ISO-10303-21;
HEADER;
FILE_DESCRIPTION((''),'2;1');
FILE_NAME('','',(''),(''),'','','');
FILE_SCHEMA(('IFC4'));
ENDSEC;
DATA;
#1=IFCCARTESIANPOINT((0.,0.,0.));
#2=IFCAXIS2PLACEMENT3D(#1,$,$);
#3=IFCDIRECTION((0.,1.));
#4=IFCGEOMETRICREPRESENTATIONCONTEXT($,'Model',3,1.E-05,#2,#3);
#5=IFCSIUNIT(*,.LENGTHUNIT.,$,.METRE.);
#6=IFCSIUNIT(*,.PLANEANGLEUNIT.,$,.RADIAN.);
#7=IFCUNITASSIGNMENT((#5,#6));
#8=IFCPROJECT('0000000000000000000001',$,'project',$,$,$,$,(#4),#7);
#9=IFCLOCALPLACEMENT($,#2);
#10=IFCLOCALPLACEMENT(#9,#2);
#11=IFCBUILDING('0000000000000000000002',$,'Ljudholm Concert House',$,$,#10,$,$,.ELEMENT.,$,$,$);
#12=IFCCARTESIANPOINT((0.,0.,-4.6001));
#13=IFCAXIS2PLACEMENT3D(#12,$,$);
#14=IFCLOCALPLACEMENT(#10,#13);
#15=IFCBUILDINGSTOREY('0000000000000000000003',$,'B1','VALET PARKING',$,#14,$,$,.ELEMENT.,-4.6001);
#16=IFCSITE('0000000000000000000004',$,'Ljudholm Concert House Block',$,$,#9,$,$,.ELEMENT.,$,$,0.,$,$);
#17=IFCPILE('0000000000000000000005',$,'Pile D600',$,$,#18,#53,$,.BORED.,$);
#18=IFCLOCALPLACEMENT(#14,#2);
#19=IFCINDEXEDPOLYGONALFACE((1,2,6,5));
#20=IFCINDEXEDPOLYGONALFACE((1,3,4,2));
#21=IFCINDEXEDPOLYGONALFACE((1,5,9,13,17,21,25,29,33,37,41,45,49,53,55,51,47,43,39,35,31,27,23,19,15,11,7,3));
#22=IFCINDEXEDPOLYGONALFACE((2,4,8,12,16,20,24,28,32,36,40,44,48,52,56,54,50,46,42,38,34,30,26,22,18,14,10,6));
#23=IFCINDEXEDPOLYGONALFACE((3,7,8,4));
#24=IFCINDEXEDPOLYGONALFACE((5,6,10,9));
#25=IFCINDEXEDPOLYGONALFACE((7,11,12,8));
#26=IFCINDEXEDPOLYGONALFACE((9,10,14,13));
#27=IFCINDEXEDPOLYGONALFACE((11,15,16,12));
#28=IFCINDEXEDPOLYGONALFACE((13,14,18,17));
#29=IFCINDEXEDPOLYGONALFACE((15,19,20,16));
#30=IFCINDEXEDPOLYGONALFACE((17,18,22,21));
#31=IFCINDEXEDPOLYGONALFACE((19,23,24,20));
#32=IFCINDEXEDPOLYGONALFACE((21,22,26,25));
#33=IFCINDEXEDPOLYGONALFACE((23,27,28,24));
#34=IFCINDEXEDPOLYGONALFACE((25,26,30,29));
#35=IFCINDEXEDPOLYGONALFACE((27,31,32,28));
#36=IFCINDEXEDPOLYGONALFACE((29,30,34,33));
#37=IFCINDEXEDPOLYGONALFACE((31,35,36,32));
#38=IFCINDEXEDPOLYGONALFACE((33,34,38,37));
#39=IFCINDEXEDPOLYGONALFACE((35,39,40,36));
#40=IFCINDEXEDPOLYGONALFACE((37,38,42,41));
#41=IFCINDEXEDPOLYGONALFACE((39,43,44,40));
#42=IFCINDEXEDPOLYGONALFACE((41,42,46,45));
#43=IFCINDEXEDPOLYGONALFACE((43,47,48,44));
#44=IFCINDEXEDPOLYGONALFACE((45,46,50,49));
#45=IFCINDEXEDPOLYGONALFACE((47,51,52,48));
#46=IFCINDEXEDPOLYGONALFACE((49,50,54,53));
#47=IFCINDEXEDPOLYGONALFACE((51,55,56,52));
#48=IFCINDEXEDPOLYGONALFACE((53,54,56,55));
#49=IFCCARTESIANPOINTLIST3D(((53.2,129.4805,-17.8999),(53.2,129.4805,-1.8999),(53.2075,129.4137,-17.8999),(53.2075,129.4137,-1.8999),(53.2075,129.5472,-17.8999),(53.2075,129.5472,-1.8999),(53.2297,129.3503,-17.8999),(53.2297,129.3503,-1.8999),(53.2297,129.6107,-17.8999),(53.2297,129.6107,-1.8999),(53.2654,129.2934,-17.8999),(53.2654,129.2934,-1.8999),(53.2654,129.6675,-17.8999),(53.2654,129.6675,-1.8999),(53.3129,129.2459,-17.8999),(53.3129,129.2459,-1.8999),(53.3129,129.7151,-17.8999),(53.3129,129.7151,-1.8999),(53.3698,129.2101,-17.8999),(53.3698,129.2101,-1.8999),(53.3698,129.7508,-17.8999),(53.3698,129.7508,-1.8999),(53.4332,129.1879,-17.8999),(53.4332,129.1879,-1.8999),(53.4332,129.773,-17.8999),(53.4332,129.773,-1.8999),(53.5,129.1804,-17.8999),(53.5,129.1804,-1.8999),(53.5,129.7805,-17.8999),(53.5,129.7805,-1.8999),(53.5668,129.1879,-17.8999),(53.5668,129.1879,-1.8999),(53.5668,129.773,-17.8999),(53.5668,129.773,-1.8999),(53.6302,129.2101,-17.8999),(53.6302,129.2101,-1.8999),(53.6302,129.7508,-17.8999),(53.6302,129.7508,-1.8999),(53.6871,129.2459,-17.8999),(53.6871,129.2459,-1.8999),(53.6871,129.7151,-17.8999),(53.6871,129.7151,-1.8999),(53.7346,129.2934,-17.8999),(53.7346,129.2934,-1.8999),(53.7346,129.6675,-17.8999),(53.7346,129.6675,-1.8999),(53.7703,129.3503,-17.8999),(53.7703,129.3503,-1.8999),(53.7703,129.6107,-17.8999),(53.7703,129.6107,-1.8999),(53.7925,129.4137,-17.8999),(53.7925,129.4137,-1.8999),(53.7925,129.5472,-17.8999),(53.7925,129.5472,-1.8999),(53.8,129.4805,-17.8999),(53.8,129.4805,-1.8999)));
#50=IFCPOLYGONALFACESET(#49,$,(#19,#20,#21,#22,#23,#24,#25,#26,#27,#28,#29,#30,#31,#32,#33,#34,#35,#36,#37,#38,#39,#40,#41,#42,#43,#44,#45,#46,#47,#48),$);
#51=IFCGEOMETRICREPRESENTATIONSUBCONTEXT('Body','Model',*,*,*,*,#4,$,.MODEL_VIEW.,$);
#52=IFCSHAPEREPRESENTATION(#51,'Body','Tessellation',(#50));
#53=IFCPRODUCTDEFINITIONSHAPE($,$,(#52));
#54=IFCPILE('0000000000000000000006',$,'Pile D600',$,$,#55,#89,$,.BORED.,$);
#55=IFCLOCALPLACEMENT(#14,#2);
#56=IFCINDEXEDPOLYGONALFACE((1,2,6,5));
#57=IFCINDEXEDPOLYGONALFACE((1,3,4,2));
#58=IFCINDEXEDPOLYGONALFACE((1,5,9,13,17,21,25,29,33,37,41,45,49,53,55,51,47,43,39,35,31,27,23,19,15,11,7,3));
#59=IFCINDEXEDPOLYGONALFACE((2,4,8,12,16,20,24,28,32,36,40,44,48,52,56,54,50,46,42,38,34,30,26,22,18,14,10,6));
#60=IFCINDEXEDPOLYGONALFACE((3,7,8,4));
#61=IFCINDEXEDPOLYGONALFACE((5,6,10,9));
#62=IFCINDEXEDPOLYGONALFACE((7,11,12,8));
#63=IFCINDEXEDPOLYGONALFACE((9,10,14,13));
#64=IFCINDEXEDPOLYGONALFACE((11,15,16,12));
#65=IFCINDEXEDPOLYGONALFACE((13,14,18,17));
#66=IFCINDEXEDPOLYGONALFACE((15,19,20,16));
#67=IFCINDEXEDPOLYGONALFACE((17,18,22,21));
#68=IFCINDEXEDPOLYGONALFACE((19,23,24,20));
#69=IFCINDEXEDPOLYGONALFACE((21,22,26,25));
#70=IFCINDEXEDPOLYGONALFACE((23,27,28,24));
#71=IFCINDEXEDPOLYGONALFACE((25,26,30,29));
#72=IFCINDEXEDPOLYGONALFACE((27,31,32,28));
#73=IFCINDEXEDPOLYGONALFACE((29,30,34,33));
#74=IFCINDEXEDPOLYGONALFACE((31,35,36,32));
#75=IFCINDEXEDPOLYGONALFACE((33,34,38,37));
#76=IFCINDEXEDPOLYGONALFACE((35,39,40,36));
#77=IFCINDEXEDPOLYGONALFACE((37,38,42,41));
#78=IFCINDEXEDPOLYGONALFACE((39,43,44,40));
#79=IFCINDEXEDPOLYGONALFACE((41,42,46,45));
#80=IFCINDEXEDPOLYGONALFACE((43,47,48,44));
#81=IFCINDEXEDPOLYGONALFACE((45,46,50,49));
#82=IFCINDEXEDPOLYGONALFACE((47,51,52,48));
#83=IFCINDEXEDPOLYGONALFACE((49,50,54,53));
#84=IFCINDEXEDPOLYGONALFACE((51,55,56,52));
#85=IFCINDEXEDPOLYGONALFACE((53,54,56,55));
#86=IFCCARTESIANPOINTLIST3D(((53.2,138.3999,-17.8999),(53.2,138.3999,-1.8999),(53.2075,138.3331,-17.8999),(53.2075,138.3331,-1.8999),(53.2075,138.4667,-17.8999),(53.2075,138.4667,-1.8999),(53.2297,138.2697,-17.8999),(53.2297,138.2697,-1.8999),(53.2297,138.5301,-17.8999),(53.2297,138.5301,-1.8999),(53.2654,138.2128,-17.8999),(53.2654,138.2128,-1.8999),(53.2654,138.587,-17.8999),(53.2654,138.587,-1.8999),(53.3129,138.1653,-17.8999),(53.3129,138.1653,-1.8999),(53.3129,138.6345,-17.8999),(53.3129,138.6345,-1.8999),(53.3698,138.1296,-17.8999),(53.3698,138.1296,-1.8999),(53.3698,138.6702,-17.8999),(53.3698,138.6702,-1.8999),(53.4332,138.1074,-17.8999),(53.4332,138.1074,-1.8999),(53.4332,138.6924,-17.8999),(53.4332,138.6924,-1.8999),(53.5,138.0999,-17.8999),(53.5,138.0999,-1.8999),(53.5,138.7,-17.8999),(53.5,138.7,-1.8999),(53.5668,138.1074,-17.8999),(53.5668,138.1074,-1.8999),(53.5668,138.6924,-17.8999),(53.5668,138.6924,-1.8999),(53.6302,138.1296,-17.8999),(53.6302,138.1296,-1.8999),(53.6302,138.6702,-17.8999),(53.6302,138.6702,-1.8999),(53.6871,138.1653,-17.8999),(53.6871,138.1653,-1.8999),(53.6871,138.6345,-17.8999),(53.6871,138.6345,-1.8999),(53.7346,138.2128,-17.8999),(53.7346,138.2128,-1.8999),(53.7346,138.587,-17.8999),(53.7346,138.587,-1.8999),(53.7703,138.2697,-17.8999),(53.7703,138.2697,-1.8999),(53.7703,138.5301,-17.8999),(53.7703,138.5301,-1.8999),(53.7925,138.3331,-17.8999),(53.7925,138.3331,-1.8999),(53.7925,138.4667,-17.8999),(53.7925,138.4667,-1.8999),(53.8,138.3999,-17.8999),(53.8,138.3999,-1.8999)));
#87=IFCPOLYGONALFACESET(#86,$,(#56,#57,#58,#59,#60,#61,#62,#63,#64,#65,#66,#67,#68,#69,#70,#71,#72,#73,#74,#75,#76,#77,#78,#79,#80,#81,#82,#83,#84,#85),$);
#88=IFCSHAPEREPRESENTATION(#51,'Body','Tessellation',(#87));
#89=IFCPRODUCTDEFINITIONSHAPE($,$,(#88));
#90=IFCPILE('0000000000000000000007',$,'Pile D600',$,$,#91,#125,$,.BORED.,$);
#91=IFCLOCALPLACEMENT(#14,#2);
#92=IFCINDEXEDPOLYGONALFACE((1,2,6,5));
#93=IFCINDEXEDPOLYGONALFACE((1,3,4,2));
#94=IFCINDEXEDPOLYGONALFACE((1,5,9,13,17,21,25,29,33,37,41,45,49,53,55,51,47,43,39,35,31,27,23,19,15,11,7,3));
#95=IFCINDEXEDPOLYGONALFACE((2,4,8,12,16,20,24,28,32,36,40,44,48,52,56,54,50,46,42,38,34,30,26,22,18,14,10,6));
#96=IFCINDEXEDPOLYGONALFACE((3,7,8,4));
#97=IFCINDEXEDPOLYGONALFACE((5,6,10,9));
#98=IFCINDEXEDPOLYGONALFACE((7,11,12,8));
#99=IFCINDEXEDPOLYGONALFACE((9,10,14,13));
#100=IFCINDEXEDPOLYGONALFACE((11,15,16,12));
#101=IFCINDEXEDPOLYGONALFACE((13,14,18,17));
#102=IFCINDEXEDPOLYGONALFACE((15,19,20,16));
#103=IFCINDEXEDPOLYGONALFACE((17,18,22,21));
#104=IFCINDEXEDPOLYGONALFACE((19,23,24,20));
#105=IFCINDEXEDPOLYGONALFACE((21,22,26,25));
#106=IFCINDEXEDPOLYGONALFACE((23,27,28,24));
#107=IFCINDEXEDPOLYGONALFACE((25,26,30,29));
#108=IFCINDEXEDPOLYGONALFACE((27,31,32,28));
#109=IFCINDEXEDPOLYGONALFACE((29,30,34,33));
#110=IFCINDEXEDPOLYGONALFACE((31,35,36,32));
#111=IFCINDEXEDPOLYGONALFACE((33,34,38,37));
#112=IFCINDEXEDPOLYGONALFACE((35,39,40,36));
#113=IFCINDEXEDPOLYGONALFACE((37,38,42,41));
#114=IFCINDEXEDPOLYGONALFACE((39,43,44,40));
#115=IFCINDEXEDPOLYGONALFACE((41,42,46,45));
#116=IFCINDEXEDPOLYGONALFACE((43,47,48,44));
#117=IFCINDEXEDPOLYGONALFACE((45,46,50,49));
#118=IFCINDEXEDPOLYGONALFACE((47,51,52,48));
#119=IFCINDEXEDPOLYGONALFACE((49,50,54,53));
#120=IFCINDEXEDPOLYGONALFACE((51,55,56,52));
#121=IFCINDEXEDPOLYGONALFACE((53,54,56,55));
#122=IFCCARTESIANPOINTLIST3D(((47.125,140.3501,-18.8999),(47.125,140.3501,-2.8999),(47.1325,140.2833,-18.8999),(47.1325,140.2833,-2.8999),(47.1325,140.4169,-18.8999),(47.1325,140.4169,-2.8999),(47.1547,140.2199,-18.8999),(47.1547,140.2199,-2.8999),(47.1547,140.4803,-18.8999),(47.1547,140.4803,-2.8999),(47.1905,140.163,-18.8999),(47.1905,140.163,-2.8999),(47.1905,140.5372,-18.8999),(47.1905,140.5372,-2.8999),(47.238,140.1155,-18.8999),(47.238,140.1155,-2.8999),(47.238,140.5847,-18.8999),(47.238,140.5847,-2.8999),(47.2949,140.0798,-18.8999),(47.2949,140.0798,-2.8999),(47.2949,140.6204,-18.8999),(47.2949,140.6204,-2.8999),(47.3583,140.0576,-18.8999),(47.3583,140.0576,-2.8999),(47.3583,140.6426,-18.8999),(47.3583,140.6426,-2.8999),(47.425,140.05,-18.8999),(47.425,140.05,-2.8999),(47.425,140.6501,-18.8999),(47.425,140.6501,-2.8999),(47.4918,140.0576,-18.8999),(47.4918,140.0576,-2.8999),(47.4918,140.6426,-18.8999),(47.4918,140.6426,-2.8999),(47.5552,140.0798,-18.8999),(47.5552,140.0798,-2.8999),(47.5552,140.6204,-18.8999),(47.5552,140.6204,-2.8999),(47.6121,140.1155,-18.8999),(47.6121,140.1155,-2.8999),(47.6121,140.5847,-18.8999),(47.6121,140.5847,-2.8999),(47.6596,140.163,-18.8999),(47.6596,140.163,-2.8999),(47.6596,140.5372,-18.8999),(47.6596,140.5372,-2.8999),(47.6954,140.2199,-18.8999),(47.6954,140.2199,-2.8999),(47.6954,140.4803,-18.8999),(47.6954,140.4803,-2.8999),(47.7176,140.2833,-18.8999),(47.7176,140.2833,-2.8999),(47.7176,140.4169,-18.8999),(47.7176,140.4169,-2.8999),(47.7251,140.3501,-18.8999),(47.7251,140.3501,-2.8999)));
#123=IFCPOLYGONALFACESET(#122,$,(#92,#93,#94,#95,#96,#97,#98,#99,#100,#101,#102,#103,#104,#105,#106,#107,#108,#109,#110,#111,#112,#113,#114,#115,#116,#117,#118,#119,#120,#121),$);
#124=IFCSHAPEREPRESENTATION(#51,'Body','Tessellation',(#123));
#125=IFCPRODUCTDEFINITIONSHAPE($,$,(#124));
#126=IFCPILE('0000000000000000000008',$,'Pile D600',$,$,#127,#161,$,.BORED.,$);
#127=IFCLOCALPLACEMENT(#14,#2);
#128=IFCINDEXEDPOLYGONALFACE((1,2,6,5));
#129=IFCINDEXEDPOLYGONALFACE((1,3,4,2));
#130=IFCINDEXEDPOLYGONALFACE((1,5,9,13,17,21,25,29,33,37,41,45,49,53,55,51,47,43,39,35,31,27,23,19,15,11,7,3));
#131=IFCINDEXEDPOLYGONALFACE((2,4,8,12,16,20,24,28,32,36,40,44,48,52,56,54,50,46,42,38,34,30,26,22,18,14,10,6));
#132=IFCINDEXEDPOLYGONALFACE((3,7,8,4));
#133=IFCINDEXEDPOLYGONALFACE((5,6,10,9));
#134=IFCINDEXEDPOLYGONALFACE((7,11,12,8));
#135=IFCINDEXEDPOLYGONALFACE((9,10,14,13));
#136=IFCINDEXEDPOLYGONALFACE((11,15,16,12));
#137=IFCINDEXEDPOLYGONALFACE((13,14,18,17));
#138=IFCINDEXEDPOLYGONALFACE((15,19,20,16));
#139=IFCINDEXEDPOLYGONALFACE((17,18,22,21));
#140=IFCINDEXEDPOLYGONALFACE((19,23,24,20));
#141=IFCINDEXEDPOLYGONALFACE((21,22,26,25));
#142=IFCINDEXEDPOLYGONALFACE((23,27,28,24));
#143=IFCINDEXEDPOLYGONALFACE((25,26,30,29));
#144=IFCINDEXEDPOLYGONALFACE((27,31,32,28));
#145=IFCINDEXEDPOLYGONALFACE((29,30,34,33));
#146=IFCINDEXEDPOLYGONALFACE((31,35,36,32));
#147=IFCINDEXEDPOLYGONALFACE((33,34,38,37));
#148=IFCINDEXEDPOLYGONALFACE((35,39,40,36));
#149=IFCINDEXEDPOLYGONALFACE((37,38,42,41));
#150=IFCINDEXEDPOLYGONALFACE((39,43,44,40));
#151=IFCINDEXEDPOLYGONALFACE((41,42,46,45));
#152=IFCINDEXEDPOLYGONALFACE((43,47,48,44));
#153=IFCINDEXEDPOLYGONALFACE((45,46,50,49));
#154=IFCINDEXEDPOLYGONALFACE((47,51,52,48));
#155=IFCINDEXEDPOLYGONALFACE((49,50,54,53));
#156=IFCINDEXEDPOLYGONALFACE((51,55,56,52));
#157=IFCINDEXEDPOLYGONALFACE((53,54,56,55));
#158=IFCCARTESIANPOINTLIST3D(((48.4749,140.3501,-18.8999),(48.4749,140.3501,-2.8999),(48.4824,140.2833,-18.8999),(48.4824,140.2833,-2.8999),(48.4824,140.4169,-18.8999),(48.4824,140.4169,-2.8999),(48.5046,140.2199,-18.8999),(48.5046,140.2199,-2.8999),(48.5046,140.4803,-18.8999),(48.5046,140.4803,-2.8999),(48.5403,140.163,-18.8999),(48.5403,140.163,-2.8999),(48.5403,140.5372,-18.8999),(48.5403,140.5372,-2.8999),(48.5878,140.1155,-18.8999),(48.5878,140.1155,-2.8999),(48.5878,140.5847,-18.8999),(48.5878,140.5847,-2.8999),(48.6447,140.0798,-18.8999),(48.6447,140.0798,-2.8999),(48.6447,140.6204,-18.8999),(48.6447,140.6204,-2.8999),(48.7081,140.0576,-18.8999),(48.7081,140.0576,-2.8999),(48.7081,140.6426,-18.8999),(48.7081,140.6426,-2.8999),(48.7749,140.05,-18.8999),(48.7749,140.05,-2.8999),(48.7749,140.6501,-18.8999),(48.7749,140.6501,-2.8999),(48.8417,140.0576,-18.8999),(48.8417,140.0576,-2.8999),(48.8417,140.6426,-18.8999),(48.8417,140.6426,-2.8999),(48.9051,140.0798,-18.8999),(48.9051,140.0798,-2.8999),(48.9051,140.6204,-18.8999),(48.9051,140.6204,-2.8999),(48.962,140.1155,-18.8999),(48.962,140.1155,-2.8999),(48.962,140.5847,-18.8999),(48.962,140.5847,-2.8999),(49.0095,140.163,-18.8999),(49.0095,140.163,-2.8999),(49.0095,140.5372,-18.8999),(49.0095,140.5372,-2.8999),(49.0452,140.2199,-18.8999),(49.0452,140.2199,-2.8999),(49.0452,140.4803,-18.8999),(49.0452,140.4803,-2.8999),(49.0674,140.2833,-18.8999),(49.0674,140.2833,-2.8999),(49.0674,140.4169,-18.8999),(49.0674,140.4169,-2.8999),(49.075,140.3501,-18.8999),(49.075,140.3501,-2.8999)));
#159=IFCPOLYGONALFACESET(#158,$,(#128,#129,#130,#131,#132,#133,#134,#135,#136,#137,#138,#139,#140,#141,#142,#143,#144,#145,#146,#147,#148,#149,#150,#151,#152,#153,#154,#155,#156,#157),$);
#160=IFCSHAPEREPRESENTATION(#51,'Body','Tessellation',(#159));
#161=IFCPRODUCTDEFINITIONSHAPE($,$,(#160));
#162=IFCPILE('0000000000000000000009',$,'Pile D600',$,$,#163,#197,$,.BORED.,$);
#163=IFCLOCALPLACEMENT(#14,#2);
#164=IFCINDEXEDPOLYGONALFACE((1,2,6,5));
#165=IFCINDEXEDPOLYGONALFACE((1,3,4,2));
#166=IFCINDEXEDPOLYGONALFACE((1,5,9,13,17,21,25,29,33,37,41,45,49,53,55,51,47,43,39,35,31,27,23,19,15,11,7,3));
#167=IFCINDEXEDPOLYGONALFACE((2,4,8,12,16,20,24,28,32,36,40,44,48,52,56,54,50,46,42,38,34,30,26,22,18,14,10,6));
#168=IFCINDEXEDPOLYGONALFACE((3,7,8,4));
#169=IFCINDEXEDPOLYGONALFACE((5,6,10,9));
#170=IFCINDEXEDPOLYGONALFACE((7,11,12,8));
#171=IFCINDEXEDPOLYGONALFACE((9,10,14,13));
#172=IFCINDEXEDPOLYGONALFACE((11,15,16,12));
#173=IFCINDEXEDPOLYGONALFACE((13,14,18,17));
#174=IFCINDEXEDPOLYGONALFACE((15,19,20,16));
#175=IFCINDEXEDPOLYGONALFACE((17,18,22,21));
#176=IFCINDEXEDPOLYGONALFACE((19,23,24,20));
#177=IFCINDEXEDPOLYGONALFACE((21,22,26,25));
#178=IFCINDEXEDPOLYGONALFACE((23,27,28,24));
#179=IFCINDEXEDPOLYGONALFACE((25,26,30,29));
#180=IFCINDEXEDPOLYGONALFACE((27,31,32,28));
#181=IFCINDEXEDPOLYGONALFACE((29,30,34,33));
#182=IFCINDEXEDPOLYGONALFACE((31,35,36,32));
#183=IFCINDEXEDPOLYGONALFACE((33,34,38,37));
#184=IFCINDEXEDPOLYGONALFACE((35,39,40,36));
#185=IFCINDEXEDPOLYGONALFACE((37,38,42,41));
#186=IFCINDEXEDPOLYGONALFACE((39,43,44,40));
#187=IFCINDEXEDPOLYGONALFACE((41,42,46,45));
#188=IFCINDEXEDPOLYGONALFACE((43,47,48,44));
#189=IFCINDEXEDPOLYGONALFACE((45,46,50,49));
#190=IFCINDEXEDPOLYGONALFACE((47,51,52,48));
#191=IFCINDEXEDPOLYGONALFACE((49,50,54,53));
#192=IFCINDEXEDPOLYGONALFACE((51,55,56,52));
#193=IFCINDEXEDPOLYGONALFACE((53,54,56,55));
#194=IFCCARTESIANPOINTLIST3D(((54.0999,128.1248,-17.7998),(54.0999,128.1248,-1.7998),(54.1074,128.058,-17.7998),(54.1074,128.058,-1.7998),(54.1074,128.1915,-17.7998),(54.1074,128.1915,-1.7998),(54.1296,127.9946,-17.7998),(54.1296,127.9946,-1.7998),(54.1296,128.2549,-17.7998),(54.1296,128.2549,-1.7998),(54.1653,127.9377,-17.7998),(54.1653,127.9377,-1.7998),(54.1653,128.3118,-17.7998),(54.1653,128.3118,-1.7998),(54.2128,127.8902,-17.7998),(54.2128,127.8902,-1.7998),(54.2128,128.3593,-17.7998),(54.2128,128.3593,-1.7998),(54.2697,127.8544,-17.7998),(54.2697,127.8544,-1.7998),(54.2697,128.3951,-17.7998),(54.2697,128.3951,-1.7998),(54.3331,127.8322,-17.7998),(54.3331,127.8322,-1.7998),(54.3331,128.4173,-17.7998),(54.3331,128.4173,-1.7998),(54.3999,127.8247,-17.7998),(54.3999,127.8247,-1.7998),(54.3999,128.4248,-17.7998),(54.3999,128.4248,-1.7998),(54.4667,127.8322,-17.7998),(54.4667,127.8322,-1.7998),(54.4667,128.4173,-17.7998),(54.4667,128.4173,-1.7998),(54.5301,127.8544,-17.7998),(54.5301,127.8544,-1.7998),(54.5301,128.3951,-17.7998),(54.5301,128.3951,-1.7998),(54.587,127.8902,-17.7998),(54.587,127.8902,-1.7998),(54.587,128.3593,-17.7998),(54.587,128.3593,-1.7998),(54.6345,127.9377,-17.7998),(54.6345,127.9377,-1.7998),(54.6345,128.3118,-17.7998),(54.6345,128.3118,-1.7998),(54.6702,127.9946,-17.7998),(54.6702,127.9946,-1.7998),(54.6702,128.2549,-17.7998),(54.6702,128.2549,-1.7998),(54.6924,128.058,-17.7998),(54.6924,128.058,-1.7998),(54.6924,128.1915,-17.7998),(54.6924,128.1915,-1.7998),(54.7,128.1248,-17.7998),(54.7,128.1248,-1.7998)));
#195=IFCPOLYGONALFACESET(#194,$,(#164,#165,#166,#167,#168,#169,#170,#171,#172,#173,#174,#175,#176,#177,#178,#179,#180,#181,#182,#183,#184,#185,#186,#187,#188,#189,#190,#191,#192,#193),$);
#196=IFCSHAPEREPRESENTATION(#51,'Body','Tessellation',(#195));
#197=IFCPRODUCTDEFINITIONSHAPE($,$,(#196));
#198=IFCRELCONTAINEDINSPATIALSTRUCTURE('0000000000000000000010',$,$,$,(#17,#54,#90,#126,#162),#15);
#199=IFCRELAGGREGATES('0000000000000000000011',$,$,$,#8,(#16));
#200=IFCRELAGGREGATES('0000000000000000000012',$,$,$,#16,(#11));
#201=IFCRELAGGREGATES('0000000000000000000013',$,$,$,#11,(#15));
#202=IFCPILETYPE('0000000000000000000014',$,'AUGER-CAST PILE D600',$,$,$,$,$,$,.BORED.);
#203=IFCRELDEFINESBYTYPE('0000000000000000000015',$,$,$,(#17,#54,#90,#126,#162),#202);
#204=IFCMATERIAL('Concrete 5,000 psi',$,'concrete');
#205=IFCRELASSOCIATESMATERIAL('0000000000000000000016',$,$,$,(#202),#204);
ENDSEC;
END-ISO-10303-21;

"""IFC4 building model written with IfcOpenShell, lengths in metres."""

from ifc_helpers import new_model, si_unit, direction, frame, origin, origin_2d, place, context, subcontext, project, spatial, circle, extrude, material, material_profile, profile_set, type_object, element, save


model = new_model("IFC4")

# Units and contexts
model_context = context("Model", 3, precision=1e-05, world=origin(), true_north=direction((0.0, 1.0)))
body_context = subcontext(model_context, "Body", "Model", "MODEL_VIEW")
ifc_project = project(units=[si_unit("LENGTHUNIT", "METRE"), si_unit("PLANEANGLEUNIT", "RADIAN")], contexts=[model_context])

# Site, building, storey
site_placement = place(None, origin())
site = spatial("IfcSite", under=ifc_project, at=site_placement, Name="Ljudholm Concert House Block", CompositionType="ELEMENT", RefElevation=0.0)
building_placement = place(site_placement, origin())
building = spatial("IfcBuilding", under=site, at=building_placement, Name="Ljudholm Concert House", CompositionType="ELEMENT")
storey_placement = place(building_placement, frame((0.0, 0.0, -4.6001)))
storey = spatial("IfcBuildingStorey", under=building, at=storey_placement, Name="B1", Description="VALET PARKING", CompositionType="ELEMENT", Elevation=-4.6001)

# Piles
ifc_material_1 = material(Name="Concrete 5,000 psi", Category="concrete")
ifc_material_profile_1 = material_profile(ifc_material_1, circle(Radius=0.3, at=origin_2d()), Name="AUGER-CAST PILE D600")
ifc_profile_set_1 = profile_set([ifc_material_profile_1], Name="Concrete 5,000 psi")
pile_type = type_object("IfcPileType", Name="AUGER-CAST PILE D600", PredefinedType="BORED", material=ifc_profile_set_1)
for number, where, z_axis, x_axis, name in (
    (1, (53.5, 129.4805, -1.8999), (0.0, 0.0, -1.0), (1.0, 0.0, 0.0), "Pile D600"),
    (2, (53.5, 138.3999, -1.8999), (0.0, 0.0, -1.0), (1.0, 0.0, 0.0), "Pile D600"),
    (3, (47.425, 140.3501, -2.8999), (0.0, 0.0, -1.0), (1.0, 0.0, 0.0), "Pile D600"),
    (4, (48.7749, 140.3501, -2.8999), (0.0, 0.0, -1.0), (1.0, 0.0, 0.0), "Pile D600"),
    (5, (54.3999, 128.1248, -1.7998), (0.0, 0.0, -1.0), (1.0, 0.0, 0.0), "Pile D600"),
):
    element("IfcPile", number, at=place(storey_placement, frame(where, z_axis=z_axis, x_axis=x_axis)), inside=storey, type_object=pile_type, Name=name, PredefinedType="BORED", context=body_context, shape_type="SweptSolid", body=[
        extrude(circle(Radius=0.3, at=origin_2d()), origin(), (0.0, 0.0, 1.0), 16.0),
    ])

save(model, "model.ifc")
